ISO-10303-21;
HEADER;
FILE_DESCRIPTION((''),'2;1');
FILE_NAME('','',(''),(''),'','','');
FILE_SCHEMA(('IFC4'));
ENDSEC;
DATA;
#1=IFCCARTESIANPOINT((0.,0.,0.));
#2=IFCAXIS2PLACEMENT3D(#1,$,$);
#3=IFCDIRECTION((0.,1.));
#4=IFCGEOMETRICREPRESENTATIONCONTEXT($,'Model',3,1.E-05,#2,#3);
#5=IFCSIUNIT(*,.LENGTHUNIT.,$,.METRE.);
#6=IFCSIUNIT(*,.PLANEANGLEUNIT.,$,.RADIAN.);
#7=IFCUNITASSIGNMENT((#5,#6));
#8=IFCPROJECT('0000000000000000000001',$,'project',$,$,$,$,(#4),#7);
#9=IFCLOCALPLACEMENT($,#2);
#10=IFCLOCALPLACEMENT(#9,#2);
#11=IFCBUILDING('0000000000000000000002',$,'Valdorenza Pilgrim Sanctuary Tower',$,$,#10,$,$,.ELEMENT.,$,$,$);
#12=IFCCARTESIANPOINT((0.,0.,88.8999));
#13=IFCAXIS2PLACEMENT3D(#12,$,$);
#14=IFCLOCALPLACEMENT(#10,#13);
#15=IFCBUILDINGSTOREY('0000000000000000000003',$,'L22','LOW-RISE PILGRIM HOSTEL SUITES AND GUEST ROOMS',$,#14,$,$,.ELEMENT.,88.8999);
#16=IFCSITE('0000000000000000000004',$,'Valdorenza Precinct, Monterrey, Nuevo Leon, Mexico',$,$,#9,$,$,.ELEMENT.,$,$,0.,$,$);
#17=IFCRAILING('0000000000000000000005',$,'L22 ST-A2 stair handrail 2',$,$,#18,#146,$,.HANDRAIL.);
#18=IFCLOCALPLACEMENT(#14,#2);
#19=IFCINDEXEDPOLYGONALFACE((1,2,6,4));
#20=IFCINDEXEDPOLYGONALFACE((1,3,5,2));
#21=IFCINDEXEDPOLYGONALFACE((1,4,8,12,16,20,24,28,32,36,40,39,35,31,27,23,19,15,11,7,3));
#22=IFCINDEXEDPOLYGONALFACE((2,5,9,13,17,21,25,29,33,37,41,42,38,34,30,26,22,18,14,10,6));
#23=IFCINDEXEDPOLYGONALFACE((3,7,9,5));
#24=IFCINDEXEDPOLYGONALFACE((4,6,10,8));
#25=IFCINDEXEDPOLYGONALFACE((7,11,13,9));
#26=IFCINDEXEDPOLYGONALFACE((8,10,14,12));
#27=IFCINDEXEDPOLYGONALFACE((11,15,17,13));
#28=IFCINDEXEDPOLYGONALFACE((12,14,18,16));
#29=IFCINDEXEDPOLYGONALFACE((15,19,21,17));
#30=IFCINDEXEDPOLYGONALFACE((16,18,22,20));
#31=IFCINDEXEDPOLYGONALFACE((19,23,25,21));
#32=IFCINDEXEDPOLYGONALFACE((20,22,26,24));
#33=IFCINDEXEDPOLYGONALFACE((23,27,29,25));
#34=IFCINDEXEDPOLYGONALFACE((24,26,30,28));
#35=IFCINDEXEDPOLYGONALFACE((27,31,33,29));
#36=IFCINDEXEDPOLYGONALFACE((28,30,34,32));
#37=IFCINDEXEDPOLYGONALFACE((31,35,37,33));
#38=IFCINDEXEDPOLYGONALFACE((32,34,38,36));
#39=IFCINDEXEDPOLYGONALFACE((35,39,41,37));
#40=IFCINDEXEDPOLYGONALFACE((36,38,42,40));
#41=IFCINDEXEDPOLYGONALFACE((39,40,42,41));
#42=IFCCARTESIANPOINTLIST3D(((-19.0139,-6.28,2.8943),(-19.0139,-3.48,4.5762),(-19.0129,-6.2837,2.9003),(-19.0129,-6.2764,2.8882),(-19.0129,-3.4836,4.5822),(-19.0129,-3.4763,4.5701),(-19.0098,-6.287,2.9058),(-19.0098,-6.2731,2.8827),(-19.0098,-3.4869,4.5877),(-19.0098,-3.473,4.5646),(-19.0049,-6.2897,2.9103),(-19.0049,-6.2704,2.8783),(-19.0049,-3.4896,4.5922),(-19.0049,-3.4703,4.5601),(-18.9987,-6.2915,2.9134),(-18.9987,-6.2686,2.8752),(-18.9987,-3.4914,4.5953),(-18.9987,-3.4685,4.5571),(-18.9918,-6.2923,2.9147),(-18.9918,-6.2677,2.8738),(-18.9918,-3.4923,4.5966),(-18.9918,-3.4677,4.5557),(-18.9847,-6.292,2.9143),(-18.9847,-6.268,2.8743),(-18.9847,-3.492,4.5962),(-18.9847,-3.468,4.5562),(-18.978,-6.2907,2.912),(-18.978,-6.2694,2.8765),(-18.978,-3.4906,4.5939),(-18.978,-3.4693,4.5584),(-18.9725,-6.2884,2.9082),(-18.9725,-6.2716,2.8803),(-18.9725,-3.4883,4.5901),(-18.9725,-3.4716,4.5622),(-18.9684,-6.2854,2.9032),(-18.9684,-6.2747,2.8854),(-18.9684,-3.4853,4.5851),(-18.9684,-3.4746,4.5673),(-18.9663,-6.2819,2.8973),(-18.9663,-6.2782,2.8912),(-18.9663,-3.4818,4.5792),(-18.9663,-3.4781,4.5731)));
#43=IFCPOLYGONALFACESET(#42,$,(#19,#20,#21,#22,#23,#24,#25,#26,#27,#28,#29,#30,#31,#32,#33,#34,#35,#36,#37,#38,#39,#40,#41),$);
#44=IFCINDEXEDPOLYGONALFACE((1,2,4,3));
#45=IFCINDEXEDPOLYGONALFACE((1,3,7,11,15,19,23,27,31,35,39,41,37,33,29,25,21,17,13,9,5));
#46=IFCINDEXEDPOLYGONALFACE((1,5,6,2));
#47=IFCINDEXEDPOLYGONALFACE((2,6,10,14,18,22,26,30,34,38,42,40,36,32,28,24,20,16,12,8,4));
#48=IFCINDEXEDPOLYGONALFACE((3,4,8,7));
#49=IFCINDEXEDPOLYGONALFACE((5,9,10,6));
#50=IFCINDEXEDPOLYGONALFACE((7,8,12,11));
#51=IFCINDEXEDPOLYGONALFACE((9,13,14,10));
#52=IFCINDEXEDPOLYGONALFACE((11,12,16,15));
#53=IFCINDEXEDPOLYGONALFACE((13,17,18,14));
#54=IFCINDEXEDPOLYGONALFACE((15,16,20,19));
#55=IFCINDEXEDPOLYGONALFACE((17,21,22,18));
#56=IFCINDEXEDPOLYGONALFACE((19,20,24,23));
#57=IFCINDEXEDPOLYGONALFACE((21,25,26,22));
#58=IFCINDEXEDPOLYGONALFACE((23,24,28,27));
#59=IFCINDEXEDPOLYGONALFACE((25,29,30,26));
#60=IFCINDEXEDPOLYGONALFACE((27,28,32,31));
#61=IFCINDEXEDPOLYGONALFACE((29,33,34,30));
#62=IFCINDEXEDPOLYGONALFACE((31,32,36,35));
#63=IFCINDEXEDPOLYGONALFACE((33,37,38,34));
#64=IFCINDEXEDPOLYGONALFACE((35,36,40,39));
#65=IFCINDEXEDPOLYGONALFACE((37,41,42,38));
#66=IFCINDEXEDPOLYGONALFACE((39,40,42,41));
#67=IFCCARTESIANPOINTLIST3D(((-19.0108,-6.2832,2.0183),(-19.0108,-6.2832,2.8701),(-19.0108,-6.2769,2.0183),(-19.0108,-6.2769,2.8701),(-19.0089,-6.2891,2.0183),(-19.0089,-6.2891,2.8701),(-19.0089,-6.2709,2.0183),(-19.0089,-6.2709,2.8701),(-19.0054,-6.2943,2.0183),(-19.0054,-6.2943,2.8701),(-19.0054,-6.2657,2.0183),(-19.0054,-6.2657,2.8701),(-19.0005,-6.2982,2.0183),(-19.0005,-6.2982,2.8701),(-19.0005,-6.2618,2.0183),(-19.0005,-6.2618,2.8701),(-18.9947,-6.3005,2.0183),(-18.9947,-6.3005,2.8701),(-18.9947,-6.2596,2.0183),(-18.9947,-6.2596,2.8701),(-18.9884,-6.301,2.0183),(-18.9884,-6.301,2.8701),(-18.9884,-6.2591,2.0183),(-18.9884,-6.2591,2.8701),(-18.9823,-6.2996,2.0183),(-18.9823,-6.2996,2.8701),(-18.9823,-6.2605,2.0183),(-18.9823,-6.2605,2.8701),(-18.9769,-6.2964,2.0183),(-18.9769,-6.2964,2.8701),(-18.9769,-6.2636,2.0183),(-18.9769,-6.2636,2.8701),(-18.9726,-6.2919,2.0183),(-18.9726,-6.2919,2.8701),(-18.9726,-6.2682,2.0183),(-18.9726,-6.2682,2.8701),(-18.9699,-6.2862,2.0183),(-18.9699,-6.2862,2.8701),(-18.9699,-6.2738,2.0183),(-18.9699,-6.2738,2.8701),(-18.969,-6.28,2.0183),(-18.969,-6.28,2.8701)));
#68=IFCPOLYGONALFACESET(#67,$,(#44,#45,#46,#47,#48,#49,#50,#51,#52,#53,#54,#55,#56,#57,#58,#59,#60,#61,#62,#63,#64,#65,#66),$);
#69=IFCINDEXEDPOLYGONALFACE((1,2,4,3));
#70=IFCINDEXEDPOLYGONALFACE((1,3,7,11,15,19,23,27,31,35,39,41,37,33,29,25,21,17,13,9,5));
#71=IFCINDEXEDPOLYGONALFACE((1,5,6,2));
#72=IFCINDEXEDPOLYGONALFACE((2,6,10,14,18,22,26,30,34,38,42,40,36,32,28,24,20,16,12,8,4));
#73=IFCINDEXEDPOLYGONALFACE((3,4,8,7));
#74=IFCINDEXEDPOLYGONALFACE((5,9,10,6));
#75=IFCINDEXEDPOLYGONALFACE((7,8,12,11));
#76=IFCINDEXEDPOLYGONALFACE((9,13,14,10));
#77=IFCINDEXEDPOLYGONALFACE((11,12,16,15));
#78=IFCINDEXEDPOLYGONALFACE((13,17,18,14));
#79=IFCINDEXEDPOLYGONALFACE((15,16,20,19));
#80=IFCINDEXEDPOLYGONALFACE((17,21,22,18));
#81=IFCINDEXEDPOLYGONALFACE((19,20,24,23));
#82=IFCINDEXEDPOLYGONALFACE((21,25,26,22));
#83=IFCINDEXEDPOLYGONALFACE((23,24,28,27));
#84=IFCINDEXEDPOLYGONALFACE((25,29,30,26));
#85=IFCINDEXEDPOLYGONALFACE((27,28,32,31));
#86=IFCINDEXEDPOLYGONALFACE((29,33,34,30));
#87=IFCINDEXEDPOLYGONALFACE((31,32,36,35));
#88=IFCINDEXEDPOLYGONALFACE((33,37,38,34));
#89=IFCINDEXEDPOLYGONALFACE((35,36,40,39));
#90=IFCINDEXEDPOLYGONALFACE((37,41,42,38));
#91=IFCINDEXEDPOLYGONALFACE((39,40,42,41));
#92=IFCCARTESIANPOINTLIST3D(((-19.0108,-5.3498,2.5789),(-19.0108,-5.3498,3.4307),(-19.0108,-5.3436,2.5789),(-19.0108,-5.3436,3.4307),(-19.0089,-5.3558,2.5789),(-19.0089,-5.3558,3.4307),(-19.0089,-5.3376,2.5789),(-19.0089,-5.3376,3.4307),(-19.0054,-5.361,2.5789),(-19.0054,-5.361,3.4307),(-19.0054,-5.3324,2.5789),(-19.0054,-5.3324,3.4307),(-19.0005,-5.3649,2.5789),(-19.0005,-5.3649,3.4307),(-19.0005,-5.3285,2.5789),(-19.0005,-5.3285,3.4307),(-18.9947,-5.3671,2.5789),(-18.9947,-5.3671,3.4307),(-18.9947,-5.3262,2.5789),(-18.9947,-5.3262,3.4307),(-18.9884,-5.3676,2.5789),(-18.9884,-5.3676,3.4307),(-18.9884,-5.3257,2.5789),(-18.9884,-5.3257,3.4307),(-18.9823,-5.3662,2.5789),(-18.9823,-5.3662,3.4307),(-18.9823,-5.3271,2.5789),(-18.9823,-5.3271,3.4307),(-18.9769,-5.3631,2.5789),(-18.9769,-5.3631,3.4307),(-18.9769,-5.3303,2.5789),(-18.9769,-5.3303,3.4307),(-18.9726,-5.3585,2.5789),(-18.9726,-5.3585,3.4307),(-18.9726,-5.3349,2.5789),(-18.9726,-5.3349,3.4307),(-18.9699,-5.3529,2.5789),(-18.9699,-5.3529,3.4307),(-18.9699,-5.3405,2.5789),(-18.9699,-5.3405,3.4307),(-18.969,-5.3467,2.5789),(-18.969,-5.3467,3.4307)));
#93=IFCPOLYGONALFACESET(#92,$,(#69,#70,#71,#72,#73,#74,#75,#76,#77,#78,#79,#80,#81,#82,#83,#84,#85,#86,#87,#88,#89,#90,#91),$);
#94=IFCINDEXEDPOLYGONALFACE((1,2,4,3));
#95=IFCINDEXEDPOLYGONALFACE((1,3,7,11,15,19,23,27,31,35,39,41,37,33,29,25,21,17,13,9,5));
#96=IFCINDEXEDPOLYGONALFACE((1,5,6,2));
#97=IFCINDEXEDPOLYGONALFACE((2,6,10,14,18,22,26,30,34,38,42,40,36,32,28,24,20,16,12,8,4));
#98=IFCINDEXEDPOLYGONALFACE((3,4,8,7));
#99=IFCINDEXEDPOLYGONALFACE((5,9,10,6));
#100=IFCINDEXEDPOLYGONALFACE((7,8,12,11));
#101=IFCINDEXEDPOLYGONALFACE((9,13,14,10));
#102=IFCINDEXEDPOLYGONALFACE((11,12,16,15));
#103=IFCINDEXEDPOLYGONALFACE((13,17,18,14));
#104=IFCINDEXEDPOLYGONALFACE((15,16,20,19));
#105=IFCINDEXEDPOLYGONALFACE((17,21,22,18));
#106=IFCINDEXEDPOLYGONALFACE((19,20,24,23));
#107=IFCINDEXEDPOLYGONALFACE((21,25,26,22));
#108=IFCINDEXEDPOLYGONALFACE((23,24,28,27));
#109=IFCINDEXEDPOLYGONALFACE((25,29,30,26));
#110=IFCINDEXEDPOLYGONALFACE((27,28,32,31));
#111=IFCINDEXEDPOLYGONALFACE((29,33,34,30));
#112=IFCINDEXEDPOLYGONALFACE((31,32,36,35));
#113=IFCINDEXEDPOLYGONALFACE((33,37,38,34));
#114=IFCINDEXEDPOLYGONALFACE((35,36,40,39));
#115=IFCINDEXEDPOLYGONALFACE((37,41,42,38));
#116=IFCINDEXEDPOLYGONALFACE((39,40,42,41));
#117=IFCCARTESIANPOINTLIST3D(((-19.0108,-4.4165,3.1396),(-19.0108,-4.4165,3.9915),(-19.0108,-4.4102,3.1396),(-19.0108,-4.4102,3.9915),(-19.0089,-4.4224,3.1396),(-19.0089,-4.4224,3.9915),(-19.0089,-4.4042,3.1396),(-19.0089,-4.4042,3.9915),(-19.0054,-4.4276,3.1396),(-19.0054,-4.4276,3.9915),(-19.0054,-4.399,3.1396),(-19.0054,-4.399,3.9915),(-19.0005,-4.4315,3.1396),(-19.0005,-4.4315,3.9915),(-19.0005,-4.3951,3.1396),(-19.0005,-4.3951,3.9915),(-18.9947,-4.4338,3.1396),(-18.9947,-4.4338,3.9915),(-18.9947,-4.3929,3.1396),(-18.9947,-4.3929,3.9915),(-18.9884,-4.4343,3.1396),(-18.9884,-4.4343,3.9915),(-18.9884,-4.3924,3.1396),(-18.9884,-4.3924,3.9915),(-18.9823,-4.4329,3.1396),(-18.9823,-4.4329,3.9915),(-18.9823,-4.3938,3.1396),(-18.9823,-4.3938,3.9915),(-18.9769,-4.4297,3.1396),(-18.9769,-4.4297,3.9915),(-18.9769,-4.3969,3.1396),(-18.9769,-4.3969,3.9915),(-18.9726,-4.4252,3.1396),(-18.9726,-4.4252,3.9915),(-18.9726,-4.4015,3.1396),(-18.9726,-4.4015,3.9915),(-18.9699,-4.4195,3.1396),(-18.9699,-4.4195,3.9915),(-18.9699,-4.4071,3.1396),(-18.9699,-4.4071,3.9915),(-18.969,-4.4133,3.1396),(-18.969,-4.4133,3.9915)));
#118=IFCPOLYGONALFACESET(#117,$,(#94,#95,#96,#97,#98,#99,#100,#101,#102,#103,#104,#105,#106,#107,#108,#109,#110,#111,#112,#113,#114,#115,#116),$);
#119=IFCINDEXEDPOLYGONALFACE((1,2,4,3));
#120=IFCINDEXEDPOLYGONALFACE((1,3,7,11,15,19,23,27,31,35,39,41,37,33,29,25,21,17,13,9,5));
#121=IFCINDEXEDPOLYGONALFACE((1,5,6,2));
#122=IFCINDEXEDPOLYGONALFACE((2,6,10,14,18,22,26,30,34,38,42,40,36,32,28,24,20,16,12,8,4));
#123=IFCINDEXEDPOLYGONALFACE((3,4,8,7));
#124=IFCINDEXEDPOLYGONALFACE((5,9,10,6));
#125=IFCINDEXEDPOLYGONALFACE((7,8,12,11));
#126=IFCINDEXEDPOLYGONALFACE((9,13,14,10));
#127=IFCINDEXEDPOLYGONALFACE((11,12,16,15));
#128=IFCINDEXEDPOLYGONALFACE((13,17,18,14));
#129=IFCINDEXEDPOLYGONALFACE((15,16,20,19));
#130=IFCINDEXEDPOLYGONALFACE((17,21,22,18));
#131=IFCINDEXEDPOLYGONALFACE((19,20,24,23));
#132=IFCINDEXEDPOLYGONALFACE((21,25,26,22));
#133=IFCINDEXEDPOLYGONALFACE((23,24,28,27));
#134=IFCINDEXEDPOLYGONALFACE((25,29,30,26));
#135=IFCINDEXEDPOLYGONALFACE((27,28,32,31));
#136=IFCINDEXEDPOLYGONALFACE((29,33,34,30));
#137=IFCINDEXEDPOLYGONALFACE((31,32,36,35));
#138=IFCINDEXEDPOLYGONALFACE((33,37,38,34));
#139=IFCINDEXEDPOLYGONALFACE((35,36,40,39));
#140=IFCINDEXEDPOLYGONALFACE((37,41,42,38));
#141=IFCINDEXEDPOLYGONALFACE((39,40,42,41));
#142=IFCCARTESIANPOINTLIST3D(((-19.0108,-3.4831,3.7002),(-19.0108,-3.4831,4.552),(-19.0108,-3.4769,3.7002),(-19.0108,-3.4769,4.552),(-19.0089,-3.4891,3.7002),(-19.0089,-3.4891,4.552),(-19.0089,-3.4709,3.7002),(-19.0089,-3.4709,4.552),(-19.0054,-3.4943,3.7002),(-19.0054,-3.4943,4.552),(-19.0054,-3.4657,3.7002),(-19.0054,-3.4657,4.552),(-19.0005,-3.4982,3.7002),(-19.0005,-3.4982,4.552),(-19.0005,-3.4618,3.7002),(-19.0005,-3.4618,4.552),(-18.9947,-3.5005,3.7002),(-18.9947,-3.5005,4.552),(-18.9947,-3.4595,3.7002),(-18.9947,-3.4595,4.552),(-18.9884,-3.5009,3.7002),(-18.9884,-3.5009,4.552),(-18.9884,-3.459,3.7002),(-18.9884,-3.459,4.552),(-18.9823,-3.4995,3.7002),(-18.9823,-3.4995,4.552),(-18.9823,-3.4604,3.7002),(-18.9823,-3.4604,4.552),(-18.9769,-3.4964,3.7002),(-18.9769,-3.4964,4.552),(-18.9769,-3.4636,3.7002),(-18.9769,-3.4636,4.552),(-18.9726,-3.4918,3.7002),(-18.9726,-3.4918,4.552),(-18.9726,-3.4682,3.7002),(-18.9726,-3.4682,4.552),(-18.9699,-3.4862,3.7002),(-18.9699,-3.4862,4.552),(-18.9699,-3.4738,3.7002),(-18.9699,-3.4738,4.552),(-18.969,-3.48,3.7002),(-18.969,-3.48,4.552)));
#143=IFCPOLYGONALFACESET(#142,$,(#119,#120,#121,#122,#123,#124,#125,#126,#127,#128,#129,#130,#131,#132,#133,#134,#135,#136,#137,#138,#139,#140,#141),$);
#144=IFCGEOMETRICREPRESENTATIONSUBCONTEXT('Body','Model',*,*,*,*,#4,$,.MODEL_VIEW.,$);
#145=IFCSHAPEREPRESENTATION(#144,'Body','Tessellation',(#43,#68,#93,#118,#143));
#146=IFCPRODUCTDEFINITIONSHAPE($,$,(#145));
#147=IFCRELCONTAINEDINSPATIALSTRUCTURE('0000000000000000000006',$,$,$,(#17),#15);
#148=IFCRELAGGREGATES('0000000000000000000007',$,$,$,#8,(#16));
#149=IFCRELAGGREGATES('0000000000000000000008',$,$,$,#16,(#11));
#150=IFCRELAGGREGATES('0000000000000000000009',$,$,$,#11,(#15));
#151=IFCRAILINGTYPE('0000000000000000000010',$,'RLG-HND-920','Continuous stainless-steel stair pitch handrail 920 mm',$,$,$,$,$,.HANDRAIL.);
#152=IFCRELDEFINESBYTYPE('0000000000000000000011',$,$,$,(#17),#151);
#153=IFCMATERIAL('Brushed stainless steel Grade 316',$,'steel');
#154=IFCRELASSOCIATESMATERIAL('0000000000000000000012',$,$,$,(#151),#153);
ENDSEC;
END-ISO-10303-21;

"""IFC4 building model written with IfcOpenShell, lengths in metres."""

from ifc_helpers import new_model, si_unit, direction, frame, origin, origin_2d, place, context, subcontext, project, spatial, circle, extrude, material, type_object, element, save


model = new_model("IFC4")

# Units and contexts
model_context = context("Model", 3, precision=1e-05, world=origin(), true_north=direction((0.0, 1.0)))
body_context = subcontext(model_context, "Body", "Model", "MODEL_VIEW")
ifc_project = project(units=[si_unit("LENGTHUNIT", "METRE"), si_unit("PLANEANGLEUNIT", "RADIAN")], contexts=[model_context])

# Site, building, storey
site_placement = place(None, origin())
site = spatial("IfcSite", under=ifc_project, at=site_placement, Name="Valdorenza Precinct, Monterrey, Nuevo Leon, Mexico", CompositionType="ELEMENT", RefElevation=0.0)
building_placement = place(site_placement, origin())
building = spatial("IfcBuilding", under=site, at=building_placement, Name="Valdorenza Pilgrim Sanctuary Tower", CompositionType="ELEMENT")
storey_placement = place(building_placement, frame((0.0, 0.0, 88.8999)))
storey = spatial("IfcBuildingStorey", under=building, at=storey_placement, Name="L22", Description="LOW-RISE PILGRIM HOSTEL SUITES AND GUEST ROOMS", CompositionType="ELEMENT", Elevation=88.8999)

# Shared definitions
ifc_material_1 = material(Name="Brushed stainless steel Grade 316", Category="steel")

# Railing
railing_type_1 = type_object("IfcRailingType", Name="RLG-HND-920", Description="Continuous stainless-steel stair pitch handrail 920 mm", PredefinedType="HANDRAIL", material=ifc_material_1)
railing_1_placement = place(storey_placement, frame((-18.99, -6.28, 2.0183)))
element("IfcRailing", 1, at=railing_1_placement, inside=storey, type_object=railing_type_1, Name="L22 ST-A2 stair handrail 2", PredefinedType="HANDRAIL", context=body_context, shape_type="SweptSolid", body=[
    extrude(circle(Radius=0.0239, at=origin_2d()), frame((0.0, 0.0, 0.876), z_axis=(0.0, 0.857242, 0.514913), x_axis=(-1.0, 0.0, 0.0)), (0.0, 0.0, 1.0), 3.2664),
    extrude(circle(Radius=0.021, at=origin_2d()), origin(), (0.0, 0.0, 1.0), 0.8518),
    extrude(circle(Radius=0.021, at=origin_2d()), frame((0.0, 0.9333, 0.5605)), (0.0, 0.0, 1.0), 0.8518),
    extrude(circle(Radius=0.021, at=origin_2d()), frame((0.0, 1.8667, 1.1213)), (0.0, 0.0, 1.0), 0.8518),
    extrude(circle(Radius=0.021, at=origin_2d()), frame((0.0, 2.8, 1.6819)), (0.0, 0.0, 1.0), 0.8518),
])

save(model, "model.ifc")
